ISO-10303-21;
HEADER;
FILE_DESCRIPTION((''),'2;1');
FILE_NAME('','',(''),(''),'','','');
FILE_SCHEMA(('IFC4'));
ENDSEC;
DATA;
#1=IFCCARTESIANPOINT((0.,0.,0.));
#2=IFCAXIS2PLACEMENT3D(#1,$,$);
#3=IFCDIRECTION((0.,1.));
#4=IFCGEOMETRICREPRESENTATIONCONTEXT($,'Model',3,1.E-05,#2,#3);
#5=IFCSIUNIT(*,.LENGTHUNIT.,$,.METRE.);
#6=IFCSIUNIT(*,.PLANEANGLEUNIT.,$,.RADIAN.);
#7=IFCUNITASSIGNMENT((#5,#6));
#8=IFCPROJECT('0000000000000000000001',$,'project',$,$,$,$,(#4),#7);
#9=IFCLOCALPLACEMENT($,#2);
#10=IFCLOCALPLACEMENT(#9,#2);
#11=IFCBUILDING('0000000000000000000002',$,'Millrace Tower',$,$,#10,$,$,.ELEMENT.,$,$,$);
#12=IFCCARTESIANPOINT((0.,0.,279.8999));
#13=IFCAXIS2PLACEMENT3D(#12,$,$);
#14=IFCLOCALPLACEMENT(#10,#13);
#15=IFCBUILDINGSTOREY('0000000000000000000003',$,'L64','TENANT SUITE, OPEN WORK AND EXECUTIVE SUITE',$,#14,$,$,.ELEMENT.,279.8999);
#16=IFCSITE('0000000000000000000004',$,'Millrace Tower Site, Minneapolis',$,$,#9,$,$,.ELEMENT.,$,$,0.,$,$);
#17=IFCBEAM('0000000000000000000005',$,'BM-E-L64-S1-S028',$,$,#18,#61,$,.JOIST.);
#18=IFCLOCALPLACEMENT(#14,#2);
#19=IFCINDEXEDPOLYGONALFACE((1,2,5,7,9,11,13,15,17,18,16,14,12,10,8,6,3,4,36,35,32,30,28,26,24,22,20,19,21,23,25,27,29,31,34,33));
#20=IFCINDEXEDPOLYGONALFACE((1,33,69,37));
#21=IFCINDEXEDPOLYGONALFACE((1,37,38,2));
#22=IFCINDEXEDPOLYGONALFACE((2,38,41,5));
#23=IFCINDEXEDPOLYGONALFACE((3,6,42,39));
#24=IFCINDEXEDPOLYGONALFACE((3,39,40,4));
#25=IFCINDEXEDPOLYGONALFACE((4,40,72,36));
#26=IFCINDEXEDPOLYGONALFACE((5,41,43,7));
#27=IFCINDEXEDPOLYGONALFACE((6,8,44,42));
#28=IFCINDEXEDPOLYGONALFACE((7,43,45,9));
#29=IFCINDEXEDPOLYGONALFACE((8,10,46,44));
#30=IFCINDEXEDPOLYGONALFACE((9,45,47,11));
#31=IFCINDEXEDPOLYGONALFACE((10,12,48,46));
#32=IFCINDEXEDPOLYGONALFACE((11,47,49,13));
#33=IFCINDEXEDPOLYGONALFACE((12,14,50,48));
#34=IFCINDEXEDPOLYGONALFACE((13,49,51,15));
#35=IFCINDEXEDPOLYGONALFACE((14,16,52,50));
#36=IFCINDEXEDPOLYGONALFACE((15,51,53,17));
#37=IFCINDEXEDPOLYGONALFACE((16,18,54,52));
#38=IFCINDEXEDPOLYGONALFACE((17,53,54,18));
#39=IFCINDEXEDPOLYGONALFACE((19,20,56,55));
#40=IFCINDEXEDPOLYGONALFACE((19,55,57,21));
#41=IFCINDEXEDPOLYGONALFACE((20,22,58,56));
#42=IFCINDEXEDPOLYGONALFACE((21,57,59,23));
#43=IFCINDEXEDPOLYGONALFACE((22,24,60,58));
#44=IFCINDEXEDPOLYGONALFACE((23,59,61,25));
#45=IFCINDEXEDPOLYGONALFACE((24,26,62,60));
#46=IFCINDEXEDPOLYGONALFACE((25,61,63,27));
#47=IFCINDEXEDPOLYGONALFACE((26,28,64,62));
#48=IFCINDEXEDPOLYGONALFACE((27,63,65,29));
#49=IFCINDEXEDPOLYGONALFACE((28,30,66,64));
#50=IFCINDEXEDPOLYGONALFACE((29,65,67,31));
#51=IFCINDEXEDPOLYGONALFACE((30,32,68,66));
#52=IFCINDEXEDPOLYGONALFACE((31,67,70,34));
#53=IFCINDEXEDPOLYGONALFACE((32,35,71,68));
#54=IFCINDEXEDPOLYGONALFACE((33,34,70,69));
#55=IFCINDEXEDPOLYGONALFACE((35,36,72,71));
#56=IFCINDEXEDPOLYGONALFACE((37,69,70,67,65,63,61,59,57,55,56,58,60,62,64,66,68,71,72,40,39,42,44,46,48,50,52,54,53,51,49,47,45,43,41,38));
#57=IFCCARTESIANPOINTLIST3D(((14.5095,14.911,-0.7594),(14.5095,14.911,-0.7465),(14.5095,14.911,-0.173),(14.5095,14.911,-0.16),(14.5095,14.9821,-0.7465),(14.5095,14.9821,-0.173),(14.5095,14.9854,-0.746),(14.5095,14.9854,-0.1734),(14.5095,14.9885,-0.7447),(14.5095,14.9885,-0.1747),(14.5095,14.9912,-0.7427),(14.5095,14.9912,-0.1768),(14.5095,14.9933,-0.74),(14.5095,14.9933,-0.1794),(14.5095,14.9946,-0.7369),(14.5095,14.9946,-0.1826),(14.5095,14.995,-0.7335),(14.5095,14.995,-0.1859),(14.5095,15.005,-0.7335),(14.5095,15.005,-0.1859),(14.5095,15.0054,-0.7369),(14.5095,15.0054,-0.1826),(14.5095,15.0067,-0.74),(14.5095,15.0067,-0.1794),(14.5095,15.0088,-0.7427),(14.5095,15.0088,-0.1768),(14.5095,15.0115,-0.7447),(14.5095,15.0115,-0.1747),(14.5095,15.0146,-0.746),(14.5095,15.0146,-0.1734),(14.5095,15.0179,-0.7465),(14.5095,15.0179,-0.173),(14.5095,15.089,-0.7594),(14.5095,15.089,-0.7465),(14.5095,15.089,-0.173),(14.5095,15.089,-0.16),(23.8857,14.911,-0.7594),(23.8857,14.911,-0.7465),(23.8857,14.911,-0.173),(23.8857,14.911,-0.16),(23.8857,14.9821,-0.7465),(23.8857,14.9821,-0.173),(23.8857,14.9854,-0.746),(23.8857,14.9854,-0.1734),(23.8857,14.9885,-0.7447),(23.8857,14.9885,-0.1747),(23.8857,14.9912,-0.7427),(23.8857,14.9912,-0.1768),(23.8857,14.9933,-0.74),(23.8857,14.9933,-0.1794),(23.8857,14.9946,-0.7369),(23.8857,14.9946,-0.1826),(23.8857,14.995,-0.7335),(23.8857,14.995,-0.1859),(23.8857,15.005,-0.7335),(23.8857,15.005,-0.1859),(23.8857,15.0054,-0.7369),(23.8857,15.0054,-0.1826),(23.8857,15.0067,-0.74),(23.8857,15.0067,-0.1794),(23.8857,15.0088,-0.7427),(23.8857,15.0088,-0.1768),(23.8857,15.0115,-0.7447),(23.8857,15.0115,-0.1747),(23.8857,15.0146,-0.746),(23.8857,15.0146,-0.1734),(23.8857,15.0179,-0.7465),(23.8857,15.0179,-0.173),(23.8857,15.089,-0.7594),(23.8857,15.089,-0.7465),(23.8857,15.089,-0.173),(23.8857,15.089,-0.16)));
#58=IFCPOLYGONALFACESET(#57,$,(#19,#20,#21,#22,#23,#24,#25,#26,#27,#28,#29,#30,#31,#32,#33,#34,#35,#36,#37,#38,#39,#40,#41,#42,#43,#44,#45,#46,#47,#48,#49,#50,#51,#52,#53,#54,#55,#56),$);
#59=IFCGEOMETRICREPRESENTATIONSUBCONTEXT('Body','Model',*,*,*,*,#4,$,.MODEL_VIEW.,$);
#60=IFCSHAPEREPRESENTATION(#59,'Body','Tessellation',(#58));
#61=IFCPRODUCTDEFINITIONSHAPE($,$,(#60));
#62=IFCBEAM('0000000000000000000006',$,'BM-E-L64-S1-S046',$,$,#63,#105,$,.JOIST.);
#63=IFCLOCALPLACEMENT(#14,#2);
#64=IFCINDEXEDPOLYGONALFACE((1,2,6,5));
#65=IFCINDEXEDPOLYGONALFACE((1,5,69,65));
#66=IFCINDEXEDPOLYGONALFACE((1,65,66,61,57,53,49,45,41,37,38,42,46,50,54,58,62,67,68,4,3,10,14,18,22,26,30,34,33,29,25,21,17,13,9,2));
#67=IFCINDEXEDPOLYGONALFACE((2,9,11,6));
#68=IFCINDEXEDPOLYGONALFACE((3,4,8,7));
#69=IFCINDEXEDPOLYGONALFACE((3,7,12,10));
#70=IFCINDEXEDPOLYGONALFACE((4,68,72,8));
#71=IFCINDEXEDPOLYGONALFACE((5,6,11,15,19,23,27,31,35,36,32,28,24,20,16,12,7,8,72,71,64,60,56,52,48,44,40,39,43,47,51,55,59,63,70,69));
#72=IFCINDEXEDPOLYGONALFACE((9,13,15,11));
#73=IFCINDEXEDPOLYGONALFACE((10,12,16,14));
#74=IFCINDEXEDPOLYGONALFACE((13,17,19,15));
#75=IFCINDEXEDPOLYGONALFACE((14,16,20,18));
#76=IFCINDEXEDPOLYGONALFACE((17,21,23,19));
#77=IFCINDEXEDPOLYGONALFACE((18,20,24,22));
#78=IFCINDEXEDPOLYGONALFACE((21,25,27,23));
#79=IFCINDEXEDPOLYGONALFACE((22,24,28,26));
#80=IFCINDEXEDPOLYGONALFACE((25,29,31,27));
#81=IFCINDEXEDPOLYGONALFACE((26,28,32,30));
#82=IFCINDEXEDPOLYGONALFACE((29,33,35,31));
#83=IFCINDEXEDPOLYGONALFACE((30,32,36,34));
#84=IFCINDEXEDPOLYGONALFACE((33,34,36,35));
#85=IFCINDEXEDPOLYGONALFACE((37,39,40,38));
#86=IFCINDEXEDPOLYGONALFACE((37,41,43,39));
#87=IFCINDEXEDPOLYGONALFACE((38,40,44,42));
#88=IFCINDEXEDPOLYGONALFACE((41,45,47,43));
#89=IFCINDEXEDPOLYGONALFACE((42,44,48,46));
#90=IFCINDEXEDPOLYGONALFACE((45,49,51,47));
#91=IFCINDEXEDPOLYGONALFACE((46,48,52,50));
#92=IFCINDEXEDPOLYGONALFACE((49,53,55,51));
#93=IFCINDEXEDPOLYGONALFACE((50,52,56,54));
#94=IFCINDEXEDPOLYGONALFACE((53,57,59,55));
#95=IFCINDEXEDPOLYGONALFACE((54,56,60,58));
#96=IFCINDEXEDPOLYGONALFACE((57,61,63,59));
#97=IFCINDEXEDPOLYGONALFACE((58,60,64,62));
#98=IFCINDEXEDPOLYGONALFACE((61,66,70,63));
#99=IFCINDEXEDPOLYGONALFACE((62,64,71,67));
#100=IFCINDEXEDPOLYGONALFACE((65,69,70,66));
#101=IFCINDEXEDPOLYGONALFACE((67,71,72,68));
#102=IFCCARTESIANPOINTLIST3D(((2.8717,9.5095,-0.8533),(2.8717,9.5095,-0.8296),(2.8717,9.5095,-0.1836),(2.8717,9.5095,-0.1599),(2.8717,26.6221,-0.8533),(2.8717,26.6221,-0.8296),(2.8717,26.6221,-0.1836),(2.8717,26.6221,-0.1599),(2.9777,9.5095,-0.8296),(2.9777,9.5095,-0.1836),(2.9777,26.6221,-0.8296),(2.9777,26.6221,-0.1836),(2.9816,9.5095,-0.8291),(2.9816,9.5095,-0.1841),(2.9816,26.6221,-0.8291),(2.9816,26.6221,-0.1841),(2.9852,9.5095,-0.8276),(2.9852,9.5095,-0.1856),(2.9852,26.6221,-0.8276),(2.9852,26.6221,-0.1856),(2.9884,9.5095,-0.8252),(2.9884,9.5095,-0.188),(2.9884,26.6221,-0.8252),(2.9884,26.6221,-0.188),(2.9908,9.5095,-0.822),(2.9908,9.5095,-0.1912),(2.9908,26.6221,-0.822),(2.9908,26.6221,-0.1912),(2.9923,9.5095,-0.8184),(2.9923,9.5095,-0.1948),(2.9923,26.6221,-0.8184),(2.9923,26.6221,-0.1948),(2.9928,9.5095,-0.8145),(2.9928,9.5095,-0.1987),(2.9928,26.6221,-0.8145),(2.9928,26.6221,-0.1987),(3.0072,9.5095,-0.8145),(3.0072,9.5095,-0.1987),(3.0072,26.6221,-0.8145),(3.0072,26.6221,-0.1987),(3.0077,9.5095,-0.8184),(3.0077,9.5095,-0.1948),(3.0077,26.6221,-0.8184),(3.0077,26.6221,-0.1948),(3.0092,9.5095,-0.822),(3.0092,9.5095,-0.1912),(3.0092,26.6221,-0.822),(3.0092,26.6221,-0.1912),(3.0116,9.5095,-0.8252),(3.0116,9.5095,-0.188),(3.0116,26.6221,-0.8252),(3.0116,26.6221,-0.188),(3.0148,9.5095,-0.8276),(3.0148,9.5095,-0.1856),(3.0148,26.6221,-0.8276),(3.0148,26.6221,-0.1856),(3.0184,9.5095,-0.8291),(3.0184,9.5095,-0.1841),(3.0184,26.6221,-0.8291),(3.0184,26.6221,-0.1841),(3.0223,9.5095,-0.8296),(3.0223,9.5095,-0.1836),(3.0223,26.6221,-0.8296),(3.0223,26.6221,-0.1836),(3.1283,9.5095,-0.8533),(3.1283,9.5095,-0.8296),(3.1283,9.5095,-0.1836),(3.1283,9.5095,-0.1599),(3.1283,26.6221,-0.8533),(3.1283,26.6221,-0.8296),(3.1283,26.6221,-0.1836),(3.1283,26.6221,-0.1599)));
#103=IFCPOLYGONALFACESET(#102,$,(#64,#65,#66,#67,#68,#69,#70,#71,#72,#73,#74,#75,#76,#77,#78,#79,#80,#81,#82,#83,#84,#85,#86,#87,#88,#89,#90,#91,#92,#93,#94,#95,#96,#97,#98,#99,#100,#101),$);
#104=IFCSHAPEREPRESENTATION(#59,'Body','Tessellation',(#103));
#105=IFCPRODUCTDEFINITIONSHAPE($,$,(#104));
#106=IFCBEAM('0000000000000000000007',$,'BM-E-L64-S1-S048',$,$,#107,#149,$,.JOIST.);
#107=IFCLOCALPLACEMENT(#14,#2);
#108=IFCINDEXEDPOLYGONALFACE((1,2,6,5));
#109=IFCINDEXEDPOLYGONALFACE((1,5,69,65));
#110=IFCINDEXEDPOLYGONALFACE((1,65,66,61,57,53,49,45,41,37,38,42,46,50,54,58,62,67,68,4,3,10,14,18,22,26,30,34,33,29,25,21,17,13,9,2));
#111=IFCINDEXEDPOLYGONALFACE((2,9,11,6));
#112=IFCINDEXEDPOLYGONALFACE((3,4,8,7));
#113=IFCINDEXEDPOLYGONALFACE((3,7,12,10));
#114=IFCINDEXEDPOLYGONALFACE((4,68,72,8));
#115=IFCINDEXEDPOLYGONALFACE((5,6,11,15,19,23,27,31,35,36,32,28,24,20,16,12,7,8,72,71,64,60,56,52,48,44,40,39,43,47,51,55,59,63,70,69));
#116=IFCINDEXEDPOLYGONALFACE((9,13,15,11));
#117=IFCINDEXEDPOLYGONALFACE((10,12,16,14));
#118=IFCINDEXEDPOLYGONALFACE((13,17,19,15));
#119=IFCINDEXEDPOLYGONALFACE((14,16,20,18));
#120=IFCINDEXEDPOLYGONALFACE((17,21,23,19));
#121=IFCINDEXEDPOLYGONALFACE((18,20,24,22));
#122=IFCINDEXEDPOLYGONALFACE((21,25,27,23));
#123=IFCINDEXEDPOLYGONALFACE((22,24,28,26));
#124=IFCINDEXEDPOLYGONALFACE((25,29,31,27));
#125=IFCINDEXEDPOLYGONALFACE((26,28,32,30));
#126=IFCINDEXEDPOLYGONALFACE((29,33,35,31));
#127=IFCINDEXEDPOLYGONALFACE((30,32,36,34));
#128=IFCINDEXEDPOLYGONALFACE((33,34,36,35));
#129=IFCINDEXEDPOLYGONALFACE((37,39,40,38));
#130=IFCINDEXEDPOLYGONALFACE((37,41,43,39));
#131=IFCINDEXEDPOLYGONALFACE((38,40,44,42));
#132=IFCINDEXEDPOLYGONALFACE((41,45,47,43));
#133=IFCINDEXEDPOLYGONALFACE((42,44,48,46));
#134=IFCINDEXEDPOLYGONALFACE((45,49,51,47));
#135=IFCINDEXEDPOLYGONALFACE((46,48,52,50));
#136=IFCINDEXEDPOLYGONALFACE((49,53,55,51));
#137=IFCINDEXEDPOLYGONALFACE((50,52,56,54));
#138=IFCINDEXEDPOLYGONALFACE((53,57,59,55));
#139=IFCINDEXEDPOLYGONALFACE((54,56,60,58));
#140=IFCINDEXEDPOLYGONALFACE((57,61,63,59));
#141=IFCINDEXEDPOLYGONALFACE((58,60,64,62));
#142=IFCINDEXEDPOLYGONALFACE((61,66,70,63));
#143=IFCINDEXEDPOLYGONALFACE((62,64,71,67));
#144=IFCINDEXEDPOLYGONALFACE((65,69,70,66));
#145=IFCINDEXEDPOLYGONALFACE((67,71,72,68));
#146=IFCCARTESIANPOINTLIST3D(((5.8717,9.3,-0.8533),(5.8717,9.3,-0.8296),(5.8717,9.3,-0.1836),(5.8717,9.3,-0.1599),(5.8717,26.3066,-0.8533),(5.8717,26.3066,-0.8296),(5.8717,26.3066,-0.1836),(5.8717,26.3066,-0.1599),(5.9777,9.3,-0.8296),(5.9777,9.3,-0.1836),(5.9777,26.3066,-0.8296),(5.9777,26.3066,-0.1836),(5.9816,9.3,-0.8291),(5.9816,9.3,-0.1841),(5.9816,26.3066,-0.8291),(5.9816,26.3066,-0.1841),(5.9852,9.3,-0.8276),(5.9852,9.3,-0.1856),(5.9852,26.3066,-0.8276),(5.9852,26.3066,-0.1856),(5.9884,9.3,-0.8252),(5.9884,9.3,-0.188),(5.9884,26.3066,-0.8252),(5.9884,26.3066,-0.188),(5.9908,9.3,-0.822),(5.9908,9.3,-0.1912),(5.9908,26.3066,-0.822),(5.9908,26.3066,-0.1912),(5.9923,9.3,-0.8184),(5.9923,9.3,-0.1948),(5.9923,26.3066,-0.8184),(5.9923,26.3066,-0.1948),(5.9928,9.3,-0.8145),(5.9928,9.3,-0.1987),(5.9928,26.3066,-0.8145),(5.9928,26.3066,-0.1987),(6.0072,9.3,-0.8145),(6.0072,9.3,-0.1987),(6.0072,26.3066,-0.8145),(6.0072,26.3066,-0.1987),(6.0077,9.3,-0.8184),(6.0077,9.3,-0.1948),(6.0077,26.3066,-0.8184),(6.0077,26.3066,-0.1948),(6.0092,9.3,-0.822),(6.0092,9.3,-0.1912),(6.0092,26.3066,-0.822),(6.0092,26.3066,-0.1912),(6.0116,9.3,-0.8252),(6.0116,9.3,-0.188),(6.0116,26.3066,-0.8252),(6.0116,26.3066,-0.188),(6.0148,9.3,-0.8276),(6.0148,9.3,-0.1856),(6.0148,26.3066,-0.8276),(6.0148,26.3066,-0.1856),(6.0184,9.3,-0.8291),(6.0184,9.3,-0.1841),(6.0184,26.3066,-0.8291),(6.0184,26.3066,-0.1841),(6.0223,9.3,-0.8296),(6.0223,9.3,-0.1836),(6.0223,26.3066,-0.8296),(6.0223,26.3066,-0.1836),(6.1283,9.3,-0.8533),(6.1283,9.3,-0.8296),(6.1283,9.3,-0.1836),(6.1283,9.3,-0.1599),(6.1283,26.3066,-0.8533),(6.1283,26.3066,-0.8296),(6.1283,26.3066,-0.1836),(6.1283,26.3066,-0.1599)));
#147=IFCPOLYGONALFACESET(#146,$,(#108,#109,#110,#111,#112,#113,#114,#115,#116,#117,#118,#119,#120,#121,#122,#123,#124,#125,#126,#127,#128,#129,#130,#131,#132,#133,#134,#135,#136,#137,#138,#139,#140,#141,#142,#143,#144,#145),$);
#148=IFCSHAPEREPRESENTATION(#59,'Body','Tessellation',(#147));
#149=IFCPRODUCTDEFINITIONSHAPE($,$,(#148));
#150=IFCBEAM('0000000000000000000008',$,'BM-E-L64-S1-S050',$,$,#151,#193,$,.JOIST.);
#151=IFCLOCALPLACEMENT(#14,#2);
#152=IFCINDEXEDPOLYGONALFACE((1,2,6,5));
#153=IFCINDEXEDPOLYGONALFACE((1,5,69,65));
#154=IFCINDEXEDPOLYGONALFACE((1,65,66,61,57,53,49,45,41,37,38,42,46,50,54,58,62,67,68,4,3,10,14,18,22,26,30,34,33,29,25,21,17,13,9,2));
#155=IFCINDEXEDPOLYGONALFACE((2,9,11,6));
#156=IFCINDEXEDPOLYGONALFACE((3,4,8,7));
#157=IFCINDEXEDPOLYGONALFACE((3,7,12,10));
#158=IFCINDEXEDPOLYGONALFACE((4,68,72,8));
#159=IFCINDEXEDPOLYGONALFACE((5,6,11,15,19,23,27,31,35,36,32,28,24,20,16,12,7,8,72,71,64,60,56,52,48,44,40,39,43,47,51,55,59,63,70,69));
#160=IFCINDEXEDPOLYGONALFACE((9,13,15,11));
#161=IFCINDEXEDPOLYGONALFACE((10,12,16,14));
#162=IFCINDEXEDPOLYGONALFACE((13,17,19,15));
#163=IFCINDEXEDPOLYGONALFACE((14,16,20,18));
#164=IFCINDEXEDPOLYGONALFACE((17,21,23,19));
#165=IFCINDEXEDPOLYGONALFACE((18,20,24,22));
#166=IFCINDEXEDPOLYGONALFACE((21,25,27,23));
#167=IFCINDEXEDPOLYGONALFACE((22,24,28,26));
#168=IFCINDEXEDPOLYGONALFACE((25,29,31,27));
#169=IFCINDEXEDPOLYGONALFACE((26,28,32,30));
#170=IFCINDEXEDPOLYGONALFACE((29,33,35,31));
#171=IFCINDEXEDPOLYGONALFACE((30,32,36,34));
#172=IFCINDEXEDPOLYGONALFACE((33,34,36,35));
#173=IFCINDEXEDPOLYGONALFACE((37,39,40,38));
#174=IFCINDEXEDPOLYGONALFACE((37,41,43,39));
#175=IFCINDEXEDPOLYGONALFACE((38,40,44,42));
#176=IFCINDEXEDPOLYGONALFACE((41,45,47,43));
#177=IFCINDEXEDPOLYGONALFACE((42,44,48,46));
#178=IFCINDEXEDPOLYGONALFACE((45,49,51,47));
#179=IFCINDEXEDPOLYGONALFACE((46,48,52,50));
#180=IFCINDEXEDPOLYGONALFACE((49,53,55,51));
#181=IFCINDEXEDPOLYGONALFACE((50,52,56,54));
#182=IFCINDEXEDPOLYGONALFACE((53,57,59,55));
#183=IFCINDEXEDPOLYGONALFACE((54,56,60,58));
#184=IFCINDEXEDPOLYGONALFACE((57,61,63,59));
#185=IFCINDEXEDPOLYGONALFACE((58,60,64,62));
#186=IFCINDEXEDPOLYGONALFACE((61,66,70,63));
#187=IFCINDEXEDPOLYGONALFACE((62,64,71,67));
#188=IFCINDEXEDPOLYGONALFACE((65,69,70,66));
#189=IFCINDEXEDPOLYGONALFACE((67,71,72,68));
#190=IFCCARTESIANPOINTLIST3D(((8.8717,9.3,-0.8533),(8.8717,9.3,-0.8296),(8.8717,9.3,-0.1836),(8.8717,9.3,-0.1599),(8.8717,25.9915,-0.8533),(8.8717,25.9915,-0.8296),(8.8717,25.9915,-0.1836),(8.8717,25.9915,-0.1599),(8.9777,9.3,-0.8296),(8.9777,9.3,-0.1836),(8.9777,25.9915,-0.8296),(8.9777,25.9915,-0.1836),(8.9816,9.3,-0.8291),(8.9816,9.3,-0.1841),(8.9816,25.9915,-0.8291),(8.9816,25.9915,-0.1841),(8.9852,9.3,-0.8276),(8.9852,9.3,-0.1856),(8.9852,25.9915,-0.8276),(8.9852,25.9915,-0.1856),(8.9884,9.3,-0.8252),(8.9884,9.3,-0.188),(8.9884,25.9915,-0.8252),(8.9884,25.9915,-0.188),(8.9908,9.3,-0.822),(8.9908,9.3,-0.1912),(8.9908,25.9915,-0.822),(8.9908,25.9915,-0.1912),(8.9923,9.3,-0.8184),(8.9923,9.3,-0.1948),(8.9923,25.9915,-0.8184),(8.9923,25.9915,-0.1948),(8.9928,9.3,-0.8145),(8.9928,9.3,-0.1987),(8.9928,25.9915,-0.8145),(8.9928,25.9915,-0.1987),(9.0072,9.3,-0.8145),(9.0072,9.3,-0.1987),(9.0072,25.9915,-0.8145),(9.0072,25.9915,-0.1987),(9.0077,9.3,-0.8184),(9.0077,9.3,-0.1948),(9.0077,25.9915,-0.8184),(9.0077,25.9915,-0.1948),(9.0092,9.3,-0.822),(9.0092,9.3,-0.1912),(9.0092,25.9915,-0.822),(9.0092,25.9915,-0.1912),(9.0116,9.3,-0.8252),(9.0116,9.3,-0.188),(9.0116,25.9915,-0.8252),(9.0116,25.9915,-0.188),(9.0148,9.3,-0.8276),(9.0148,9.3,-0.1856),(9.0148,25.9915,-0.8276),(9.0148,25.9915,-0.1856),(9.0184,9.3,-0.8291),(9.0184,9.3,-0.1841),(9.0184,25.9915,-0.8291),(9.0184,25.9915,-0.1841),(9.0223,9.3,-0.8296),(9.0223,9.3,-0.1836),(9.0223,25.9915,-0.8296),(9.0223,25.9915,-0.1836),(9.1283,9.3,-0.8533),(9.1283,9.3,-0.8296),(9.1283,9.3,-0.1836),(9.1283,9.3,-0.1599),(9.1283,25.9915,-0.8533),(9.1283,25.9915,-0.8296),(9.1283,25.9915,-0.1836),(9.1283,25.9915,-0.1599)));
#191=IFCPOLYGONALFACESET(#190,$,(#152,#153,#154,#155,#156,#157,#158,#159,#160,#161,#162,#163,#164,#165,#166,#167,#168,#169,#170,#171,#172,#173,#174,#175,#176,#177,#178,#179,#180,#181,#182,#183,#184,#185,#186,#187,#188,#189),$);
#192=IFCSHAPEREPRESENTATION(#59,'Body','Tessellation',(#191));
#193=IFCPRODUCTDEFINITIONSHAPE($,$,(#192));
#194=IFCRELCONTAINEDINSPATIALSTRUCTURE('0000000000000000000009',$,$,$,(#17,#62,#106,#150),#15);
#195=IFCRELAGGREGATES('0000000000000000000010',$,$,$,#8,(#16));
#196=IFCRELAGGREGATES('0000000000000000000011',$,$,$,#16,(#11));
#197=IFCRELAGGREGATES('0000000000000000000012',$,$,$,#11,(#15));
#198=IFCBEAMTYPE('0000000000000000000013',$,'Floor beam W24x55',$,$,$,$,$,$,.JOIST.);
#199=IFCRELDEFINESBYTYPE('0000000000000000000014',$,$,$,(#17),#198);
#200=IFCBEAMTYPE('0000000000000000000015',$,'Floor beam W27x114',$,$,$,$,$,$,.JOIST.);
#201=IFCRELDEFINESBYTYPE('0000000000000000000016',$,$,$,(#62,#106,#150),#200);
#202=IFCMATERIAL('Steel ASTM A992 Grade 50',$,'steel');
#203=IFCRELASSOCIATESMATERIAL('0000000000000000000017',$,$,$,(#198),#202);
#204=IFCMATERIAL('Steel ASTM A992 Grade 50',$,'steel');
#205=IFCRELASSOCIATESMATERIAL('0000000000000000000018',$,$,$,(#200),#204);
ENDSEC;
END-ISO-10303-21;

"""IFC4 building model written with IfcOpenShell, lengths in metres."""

from ifc_helpers import new_model, si_unit, direction, frame, origin, origin_2d, place, context, subcontext, project, spatial, i_section, extrude, material, material_profile, profile_set, type_object, element, save


model = new_model("IFC4")

# Units and contexts
model_context = context("Model", 3, precision=1e-05, world=origin(), true_north=direction((0.0, 1.0)))
body_context = subcontext(model_context, "Body", "Model", "MODEL_VIEW")
ifc_project = project(units=[si_unit("LENGTHUNIT", "METRE"), si_unit("PLANEANGLEUNIT", "RADIAN")], contexts=[model_context])

# Site, building, storey
site_placement = place(None, origin())
site = spatial("IfcSite", under=ifc_project, at=site_placement, Name="Millrace Tower Site, Minneapolis", CompositionType="ELEMENT", RefElevation=0.0)
building_placement = place(site_placement, origin())
building = spatial("IfcBuilding", under=site, at=building_placement, Name="Millrace Tower", CompositionType="ELEMENT")
storey_placement = place(building_placement, frame((0.0, 0.0, 279.8999)))
storey = spatial("IfcBuildingStorey", under=building, at=storey_placement, Name="L64", Description="TENANT SUITE, OPEN WORK AND EXECUTIVE SUITE", CompositionType="ELEMENT", Elevation=279.8999)

# Beams
ifc_material_1 = material(Name="Steel ASTM A992 Grade 50", Category="steel")
ifc_material_profile_1 = material_profile(ifc_material_1, i_section(OverallWidth=0.178, OverallDepth=0.5994, WebThickness=0.01, FlangeThickness=0.0129, FilletRadius=0.0129, at=origin_2d()))
ifc_profile_set_1 = profile_set([ifc_material_profile_1], Name="Steel ASTM A992 Grade 50")
beam_type_1 = type_object("IfcBeamType", Name="Floor beam W24x55", PredefinedType="JOIST", material=ifc_profile_set_1)
beam_1_placement = place(storey_placement, frame((14.5095, 15.0, -0.4597), z_axis=(1.0, 0.0, 0.0), x_axis=(0.0, 1.0, 0.0)))
element("IfcBeam", 1, at=beam_1_placement, inside=storey, type_object=beam_type_1, Name="BM-E-L64-S1-S028", PredefinedType="JOIST", context=body_context, shape_type="SweptSolid", body=[
    extrude(i_section(OverallWidth=0.178, OverallDepth=0.5994, WebThickness=0.01, FlangeThickness=0.0129, FilletRadius=0.0129, at=origin_2d()), origin(), (0.0, 0.0, 1.0), 9.3762),
])
ifc_material_2 = material(Name="Steel ASTM A992 Grade 50", Category="steel")
ifc_material_profile_2 = material_profile(ifc_material_2, i_section(OverallWidth=0.2566, OverallDepth=0.6934, WebThickness=0.0144, FlangeThickness=0.0237, FilletRadius=0.0151, at=origin_2d()))
ifc_profile_set_2 = profile_set([ifc_material_profile_2], Name="Steel ASTM A992 Grade 50")
beam_type_2 = type_object("IfcBeamType", Name="Floor beam W27x114", PredefinedType="JOIST", material=ifc_profile_set_2)
beam_2_placement = place(storey_placement, frame((3.0, 9.5095, -0.5066), z_axis=(0.0, 1.0, 0.0), x_axis=(-1.0, 0.0, 0.0)))
element("IfcBeam", 2, at=beam_2_placement, inside=storey, type_object=beam_type_2, Name="BM-E-L64-S1-S046", PredefinedType="JOIST", context=body_context, shape_type="SweptSolid", body=[
    extrude(i_section(OverallWidth=0.2566, OverallDepth=0.6934, WebThickness=0.0144, FlangeThickness=0.0237, FilletRadius=0.0151, at=origin_2d()), origin(), (0.0, 0.0, 1.0), 17.1125),
])
beam_3_placement = place(storey_placement, frame((6.0, 9.3, -0.5066), z_axis=(0.0, 1.0, 0.0), x_axis=(-1.0, 0.0, 0.0)))
element("IfcBeam", 3, at=beam_3_placement, inside=storey, type_object=beam_type_2, Name="BM-E-L64-S1-S048", PredefinedType="JOIST", context=body_context, shape_type="SweptSolid", body=[
    extrude(i_section(OverallWidth=0.2566, OverallDepth=0.6934, WebThickness=0.0144, FlangeThickness=0.0237, FilletRadius=0.0151, at=origin_2d()), origin(), (0.0, 0.0, 1.0), 17.0066),
])
beam_4_placement = place(storey_placement, frame((9.0, 9.3, -0.5066), z_axis=(0.0, 1.0, 0.0), x_axis=(-1.0, 0.0, 0.0)))
element("IfcBeam", 4, at=beam_4_placement, inside=storey, type_object=beam_type_2, Name="BM-E-L64-S1-S050", PredefinedType="JOIST", context=body_context, shape_type="SweptSolid", body=[
    extrude(i_section(OverallWidth=0.2566, OverallDepth=0.6934, WebThickness=0.0144, FlangeThickness=0.0237, FilletRadius=0.0151, at=origin_2d()), origin(), (0.0, 0.0, 1.0), 16.6914),
])

save(model, "model.ifc")
